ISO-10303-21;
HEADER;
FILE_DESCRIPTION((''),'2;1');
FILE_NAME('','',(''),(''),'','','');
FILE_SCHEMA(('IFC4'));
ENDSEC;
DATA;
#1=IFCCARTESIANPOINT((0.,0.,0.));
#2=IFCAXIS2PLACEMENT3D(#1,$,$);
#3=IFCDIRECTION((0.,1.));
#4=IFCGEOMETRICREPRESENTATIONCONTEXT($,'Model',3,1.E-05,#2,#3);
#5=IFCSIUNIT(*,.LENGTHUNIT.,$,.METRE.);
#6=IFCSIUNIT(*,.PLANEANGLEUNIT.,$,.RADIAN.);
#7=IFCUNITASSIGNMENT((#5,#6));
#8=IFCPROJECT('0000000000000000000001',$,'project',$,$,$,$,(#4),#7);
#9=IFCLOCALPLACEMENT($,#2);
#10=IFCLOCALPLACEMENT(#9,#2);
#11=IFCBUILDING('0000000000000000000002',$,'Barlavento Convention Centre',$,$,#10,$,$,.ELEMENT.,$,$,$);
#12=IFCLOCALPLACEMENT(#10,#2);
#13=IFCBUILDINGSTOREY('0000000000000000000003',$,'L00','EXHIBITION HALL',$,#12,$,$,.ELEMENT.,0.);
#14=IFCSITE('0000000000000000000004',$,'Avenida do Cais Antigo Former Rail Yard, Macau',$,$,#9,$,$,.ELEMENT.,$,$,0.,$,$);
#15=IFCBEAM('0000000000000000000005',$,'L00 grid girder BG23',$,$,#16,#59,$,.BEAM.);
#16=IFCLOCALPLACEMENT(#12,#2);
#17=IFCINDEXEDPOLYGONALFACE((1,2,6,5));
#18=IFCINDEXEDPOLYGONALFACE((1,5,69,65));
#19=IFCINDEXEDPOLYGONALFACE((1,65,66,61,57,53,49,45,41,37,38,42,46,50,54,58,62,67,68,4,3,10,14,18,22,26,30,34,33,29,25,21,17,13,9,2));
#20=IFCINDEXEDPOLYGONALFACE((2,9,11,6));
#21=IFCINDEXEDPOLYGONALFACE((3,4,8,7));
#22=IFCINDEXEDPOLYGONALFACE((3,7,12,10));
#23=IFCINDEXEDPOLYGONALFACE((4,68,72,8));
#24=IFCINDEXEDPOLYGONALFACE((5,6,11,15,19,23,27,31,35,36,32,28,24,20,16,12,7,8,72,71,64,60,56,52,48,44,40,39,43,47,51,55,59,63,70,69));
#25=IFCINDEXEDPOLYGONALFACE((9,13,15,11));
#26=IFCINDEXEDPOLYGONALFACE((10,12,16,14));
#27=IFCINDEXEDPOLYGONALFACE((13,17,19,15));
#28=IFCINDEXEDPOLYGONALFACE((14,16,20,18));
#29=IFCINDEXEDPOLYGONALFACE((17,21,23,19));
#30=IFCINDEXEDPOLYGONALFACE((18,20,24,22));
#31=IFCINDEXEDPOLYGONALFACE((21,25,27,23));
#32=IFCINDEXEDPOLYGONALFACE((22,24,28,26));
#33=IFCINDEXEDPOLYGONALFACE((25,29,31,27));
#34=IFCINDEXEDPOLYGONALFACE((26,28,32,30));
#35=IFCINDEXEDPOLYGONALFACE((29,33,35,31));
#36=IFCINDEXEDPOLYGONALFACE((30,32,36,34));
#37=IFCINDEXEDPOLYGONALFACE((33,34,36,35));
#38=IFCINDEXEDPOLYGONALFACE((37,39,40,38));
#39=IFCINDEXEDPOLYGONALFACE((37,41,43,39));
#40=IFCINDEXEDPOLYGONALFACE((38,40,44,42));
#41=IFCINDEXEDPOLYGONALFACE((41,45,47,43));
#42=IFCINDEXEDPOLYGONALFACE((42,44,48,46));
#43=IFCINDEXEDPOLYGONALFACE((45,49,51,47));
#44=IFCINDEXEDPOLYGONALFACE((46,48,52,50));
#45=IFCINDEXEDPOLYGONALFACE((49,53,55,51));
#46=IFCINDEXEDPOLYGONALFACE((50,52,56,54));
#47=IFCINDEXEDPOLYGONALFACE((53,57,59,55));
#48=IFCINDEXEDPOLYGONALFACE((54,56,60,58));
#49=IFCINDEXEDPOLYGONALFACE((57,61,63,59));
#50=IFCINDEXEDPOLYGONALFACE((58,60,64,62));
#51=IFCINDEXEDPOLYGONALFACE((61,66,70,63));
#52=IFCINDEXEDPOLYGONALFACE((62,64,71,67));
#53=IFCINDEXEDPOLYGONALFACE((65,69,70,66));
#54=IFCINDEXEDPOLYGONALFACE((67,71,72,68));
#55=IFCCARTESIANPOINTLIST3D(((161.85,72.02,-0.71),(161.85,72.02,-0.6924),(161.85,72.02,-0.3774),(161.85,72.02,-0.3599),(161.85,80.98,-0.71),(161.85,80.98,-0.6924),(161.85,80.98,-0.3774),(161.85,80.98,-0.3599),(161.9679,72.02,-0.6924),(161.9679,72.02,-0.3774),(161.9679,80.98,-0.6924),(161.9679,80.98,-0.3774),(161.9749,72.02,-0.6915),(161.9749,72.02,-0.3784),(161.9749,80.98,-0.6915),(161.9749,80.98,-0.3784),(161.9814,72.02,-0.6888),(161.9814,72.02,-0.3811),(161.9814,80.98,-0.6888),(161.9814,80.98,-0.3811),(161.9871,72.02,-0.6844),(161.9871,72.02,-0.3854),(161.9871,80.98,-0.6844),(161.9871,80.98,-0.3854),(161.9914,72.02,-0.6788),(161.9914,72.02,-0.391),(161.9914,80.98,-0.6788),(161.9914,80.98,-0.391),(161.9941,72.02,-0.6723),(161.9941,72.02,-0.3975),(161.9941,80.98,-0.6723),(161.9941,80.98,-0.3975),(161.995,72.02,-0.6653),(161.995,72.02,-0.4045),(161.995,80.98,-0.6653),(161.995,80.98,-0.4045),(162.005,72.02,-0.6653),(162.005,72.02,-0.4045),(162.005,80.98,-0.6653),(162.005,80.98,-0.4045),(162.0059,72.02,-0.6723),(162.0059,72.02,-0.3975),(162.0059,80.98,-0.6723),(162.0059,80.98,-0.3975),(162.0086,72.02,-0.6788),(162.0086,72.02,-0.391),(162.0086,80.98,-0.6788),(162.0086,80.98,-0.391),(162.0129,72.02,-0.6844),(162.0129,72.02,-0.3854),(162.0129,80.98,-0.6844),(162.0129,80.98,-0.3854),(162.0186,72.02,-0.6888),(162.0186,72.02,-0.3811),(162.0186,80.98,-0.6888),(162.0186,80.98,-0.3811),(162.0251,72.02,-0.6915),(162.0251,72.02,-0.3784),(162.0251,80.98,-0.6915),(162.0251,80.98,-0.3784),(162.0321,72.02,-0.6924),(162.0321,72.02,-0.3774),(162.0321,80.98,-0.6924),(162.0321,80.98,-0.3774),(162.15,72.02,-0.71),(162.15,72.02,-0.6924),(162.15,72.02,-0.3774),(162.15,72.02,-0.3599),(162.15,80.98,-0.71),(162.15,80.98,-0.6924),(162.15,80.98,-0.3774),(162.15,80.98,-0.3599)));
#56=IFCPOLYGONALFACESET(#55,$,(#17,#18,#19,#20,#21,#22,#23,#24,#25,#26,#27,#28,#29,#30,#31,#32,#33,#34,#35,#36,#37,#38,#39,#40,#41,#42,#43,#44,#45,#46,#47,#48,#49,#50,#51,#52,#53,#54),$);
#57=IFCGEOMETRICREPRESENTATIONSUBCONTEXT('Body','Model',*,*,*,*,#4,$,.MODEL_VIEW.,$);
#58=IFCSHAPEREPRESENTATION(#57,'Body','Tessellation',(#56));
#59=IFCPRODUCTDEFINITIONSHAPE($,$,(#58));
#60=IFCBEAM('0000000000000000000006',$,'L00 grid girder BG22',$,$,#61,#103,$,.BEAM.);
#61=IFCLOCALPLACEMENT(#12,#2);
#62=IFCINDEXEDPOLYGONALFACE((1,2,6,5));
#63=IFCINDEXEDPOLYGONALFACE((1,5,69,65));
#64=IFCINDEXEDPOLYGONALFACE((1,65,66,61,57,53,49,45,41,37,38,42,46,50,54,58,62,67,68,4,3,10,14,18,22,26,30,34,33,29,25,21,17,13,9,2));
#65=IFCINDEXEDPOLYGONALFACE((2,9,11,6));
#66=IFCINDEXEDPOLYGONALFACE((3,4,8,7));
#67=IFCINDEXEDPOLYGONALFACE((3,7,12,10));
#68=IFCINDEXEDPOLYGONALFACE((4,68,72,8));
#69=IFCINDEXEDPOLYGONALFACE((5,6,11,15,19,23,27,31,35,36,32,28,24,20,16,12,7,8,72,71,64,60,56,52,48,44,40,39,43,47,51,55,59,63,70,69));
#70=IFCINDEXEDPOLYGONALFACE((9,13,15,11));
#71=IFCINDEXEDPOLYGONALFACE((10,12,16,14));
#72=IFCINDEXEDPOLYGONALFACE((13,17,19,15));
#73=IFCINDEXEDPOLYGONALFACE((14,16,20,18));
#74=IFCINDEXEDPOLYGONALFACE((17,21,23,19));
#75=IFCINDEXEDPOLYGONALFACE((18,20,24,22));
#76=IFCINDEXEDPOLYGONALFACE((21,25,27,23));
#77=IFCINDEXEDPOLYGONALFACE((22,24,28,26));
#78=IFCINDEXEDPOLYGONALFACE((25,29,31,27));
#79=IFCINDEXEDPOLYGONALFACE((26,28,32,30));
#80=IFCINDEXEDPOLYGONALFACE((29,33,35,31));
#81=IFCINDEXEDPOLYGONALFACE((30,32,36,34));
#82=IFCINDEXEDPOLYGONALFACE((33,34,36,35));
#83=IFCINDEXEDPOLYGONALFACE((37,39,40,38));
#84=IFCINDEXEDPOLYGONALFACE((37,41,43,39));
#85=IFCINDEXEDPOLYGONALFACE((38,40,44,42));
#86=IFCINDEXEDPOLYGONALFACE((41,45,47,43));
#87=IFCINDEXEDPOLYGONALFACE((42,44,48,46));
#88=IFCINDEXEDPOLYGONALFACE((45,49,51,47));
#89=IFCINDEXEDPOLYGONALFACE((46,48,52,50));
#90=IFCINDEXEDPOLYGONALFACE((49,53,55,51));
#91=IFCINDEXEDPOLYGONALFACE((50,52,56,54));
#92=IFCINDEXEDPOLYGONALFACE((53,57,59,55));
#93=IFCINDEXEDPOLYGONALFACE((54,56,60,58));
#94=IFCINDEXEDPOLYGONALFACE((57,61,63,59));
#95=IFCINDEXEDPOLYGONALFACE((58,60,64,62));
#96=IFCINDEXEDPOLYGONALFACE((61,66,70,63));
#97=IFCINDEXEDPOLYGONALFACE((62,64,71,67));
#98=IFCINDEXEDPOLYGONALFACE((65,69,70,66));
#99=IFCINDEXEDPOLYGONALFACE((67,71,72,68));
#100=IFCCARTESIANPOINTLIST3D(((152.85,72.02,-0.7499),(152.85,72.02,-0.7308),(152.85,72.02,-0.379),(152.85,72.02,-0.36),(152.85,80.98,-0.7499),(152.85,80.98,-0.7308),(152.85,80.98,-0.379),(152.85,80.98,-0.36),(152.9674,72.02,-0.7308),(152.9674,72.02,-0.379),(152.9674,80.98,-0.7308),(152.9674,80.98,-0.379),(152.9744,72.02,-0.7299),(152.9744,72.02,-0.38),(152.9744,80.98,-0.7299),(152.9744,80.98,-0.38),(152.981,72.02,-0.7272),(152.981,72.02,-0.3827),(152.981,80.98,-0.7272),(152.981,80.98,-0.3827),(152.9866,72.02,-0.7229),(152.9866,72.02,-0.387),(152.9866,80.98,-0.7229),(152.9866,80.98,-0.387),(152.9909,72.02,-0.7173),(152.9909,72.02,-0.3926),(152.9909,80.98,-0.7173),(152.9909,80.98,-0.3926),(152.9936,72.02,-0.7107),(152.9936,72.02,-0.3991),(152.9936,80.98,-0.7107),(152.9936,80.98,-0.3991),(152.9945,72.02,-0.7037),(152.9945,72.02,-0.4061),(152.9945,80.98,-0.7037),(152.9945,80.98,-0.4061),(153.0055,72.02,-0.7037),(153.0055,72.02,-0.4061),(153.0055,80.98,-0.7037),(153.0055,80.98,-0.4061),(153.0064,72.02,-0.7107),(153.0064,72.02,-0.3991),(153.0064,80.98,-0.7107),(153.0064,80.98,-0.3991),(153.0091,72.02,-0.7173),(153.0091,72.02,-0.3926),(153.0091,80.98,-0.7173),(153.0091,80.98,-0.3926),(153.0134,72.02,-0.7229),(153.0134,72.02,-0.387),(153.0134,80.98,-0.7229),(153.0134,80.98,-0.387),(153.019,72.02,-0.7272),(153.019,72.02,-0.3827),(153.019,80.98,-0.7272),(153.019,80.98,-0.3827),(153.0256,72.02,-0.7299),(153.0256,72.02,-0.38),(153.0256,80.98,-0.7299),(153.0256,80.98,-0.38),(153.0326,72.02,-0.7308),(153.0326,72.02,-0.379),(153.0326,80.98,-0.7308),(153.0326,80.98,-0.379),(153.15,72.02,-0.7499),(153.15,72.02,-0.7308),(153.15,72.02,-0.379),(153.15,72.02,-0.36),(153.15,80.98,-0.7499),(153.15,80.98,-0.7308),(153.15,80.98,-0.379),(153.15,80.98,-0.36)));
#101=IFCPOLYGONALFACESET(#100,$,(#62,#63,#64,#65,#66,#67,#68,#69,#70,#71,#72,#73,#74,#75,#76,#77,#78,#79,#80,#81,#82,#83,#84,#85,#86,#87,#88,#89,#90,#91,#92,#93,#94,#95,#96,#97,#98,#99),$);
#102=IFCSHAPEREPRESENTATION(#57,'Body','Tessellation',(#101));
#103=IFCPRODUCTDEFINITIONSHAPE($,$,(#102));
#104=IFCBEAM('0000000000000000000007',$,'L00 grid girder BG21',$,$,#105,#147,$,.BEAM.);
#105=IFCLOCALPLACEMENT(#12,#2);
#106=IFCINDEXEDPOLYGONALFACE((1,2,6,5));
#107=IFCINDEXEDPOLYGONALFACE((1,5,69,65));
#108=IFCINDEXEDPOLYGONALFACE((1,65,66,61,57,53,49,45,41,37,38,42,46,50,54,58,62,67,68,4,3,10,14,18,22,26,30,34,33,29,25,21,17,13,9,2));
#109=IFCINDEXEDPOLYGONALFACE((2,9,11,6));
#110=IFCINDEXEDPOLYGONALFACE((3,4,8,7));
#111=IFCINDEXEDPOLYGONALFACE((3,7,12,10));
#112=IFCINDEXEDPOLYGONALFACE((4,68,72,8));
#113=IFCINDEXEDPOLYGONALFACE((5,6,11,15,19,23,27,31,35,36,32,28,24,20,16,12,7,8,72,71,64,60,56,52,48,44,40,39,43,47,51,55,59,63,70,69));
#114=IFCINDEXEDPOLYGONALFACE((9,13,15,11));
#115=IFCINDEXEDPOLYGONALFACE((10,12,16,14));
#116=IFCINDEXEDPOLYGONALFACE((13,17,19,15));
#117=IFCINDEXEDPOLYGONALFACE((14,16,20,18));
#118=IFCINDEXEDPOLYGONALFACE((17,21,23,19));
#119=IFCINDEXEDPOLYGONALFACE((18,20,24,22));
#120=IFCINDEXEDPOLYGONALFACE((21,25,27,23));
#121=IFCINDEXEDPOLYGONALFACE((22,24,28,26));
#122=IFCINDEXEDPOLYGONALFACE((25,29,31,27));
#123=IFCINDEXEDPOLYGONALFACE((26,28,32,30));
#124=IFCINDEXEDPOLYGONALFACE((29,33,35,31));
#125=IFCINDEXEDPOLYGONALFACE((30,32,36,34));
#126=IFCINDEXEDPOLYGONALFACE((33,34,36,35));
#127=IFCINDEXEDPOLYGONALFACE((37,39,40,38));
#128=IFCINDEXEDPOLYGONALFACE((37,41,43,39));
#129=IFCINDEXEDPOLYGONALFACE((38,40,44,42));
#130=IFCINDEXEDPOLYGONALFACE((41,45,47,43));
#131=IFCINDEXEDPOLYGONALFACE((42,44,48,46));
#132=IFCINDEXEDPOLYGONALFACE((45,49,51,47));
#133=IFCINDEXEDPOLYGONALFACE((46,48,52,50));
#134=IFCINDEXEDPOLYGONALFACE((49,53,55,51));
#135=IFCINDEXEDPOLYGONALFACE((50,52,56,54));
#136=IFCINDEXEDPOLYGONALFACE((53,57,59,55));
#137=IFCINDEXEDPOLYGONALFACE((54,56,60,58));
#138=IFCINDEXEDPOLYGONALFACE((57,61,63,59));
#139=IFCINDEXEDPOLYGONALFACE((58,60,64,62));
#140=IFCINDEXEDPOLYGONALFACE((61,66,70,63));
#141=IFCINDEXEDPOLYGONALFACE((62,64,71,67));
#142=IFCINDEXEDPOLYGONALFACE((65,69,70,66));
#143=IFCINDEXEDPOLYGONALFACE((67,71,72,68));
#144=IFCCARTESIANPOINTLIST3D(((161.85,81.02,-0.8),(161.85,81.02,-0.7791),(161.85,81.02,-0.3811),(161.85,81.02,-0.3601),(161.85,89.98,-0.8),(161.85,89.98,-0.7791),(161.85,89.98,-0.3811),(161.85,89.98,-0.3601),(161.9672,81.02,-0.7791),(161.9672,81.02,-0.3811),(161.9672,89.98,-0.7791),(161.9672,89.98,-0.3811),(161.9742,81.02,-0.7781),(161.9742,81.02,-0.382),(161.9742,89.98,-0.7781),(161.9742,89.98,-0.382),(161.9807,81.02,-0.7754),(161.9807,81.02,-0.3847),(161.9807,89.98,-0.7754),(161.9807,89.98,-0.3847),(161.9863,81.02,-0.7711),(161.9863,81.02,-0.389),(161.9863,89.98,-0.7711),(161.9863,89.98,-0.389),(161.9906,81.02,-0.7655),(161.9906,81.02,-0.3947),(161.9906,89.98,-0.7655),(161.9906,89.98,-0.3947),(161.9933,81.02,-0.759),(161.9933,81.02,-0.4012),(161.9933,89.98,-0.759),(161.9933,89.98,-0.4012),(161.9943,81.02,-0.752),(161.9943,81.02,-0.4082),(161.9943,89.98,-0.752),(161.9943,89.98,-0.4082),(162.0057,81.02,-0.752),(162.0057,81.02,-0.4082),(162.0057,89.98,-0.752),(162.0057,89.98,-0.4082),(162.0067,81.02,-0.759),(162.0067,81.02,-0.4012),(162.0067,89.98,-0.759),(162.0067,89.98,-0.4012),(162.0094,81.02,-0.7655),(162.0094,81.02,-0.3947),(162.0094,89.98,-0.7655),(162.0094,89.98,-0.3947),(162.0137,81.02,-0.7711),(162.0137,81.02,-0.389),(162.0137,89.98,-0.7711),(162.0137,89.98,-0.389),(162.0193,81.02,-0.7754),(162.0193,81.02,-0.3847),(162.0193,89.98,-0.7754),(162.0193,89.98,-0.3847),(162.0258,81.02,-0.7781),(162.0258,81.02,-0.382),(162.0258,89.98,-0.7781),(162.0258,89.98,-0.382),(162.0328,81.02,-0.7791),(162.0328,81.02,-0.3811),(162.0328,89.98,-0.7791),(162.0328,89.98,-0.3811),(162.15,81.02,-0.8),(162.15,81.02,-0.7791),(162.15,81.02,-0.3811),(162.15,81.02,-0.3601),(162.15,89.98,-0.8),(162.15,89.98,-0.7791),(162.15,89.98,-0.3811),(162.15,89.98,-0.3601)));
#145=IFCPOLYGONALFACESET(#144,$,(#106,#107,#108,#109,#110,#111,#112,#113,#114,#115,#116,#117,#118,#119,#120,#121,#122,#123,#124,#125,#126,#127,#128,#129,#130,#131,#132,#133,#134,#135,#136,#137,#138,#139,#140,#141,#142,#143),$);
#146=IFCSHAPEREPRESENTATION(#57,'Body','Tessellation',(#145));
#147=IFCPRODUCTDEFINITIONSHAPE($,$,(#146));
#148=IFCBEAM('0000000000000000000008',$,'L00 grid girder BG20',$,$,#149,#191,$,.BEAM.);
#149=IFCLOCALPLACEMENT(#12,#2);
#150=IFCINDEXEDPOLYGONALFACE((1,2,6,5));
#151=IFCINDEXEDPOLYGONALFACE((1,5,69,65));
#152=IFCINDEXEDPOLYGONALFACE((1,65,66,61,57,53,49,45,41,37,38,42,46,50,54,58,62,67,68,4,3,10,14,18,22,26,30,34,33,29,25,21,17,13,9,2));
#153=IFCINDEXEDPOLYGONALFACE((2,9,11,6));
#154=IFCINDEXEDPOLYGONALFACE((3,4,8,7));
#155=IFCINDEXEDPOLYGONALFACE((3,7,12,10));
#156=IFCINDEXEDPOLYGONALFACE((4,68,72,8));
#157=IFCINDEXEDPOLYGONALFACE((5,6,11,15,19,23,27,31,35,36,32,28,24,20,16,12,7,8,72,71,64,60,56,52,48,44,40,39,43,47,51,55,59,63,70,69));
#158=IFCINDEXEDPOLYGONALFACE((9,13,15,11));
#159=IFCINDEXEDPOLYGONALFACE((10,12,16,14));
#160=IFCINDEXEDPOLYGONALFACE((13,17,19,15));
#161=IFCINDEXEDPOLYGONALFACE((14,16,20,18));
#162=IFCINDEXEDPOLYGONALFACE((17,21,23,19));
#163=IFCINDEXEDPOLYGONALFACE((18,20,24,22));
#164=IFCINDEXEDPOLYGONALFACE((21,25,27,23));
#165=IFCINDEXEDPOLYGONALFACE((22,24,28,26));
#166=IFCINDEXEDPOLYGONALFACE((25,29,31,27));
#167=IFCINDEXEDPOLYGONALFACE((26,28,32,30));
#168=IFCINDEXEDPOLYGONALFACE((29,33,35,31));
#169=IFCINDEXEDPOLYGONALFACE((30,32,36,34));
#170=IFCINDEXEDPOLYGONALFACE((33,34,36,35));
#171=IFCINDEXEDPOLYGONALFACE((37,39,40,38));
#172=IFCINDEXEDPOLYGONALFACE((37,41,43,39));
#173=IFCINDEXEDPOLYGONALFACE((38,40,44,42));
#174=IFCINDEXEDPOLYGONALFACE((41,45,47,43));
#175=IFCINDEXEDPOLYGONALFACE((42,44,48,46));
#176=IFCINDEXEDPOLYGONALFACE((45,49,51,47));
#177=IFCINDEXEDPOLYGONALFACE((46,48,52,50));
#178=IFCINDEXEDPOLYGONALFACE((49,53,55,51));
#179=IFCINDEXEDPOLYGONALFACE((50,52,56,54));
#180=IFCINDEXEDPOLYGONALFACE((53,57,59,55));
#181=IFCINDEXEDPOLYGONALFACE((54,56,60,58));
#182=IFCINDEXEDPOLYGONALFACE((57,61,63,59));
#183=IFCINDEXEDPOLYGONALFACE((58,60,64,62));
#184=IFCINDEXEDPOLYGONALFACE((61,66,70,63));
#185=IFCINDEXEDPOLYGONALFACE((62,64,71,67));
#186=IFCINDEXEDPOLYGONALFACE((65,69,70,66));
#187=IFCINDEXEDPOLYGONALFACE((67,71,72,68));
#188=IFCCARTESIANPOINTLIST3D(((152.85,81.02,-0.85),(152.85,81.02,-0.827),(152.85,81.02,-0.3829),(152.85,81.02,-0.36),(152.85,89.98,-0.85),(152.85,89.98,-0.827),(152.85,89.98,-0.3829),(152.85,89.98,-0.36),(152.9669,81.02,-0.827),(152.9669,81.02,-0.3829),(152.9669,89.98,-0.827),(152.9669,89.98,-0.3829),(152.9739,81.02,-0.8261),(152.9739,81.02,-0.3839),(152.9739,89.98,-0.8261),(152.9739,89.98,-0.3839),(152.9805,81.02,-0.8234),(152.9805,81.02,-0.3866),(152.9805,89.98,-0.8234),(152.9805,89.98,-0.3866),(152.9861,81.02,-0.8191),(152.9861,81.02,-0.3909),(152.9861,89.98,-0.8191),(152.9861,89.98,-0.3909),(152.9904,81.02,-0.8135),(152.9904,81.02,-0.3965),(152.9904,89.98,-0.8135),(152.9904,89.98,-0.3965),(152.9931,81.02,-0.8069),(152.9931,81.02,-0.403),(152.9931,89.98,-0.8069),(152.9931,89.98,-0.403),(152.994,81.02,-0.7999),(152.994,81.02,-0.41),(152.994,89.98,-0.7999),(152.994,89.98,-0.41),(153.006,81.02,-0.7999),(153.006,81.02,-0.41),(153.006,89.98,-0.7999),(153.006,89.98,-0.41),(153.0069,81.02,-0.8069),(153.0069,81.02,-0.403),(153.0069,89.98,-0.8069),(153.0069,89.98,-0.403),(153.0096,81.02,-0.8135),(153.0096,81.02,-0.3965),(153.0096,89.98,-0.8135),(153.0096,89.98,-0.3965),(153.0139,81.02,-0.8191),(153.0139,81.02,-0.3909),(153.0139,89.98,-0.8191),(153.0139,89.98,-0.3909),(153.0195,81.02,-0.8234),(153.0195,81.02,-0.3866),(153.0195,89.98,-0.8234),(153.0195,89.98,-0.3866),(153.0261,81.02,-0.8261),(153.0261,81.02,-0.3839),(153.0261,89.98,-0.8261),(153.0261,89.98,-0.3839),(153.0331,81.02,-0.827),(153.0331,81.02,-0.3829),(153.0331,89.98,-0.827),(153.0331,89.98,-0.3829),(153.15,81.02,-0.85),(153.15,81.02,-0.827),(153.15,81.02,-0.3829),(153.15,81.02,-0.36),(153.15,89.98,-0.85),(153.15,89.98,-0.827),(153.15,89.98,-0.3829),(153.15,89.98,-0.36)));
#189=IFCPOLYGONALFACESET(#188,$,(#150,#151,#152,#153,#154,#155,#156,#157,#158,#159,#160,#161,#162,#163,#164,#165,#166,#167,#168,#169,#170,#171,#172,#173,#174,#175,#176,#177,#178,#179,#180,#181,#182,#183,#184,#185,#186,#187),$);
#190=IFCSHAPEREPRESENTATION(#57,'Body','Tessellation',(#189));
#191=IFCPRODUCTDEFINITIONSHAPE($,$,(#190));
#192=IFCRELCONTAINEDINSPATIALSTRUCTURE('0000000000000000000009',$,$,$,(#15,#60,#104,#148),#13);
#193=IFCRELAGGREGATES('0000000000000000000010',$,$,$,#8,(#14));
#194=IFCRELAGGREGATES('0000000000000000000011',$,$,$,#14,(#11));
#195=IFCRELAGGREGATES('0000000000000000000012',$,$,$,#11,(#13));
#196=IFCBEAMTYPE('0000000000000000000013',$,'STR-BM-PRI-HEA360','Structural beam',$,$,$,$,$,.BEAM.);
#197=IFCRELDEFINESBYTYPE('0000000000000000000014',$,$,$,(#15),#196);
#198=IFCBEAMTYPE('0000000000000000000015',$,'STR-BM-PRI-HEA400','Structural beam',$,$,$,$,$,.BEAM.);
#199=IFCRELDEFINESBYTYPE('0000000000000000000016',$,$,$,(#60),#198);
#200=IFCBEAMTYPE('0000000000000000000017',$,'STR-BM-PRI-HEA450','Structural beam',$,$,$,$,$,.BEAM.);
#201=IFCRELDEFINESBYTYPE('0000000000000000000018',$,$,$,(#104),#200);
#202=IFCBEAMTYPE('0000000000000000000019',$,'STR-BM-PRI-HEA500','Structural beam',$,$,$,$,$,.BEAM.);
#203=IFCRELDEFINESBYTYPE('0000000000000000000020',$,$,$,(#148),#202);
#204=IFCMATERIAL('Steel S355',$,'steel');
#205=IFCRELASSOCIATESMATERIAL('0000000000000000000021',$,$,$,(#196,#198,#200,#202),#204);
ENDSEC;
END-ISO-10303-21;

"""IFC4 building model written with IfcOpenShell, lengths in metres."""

from ifc_helpers import new_model, si_unit, direction, frame, origin, origin_2d, place, context, subcontext, project, spatial, i_section, extrude, material, material_profile, profile_set, type_object, element, save


model = new_model("IFC4")

# Units and contexts
model_context = context("Model", 3, precision=1e-05, world=origin(), true_north=direction((0.0, 1.0)))
body_context = subcontext(model_context, "Body", "Model", "MODEL_VIEW")
ifc_project = project(units=[si_unit("LENGTHUNIT", "METRE"), si_unit("PLANEANGLEUNIT", "RADIAN")], contexts=[model_context])

# Site, building, storey
site_placement = place(None, origin())
site = spatial("IfcSite", under=ifc_project, at=site_placement, Name="Avenida do Cais Antigo Former Rail Yard, Macau", CompositionType="ELEMENT", RefElevation=0.0)
building_placement = place(site_placement, origin())
building = spatial("IfcBuilding", under=site, at=building_placement, Name="Barlavento Convention Centre", CompositionType="ELEMENT")
storey_placement = place(building_placement, origin())
storey = spatial("IfcBuildingStorey", under=building, at=storey_placement, Name="L00", Description="EXHIBITION HALL", CompositionType="ELEMENT", Elevation=0.0)

# Beams
ifc_material_1 = material(Name="Steel S355", Category="steel")
ifc_material_profile_1 = material_profile(ifc_material_1, i_section(OverallWidth=0.3, OverallDepth=0.3501, WebThickness=0.01, FlangeThickness=0.0176, FilletRadius=0.0271, at=origin_2d()), Name="HEA 360")
ifc_profile_set_1 = profile_set([ifc_material_profile_1], Name="Steel S355")
beam_type_1 = type_object("IfcBeamType", Name="STR-BM-PRI-HEA360", Description="Structural beam", PredefinedType="BEAM", material=ifc_profile_set_1)
beam_1_placement = place(storey_placement, frame((162.0, 72.02, -0.5349), z_axis=(0.0, 1.0, 0.0), x_axis=(-1.0, 0.0, 0.0)))
element("IfcBeam", 1, at=beam_1_placement, inside=storey, type_object=beam_type_1, Name="L00 grid girder BG23", PredefinedType="BEAM", context=body_context, shape_type="SweptSolid", body=[
    extrude(i_section(OverallWidth=0.3, OverallDepth=0.3501, WebThickness=0.01, FlangeThickness=0.0176, FilletRadius=0.0271, at=origin_2d()), origin(), (0.0, 0.0, 1.0), 8.96),
])
ifc_material_profile_2 = material_profile(ifc_material_1, i_section(OverallWidth=0.3, OverallDepth=0.3899, WebThickness=0.011, FlangeThickness=0.019, FilletRadius=0.0271, at=origin_2d()), Name="HEA 400")
ifc_profile_set_2 = profile_set([ifc_material_profile_2], Name="Steel S355")
beam_type_2 = type_object("IfcBeamType", Name="STR-BM-PRI-HEA400", Description="Structural beam", PredefinedType="BEAM", material=ifc_profile_set_2)
beam_2_placement = place(storey_placement, frame((153.0, 72.02, -0.5549), z_axis=(0.0, 1.0, 0.0), x_axis=(-1.0, 0.0, 0.0)))
element("IfcBeam", 2, at=beam_2_placement, inside=storey, type_object=beam_type_2, Name="L00 grid girder BG22", PredefinedType="BEAM", context=body_context, shape_type="SweptSolid", body=[
    extrude(i_section(OverallWidth=0.3, OverallDepth=0.3899, WebThickness=0.011, FlangeThickness=0.019, FilletRadius=0.0271, at=origin_2d()), origin(), (0.0, 0.0, 1.0), 8.96),
])
ifc_material_profile_3 = material_profile(ifc_material_1, i_section(OverallWidth=0.3, OverallDepth=0.4399, WebThickness=0.0115, FlangeThickness=0.021, FilletRadius=0.0271, at=origin_2d()), Name="HEA 450")
ifc_profile_set_3 = profile_set([ifc_material_profile_3], Name="Steel S355")
beam_type_3 = type_object("IfcBeamType", Name="STR-BM-PRI-HEA450", Description="Structural beam", PredefinedType="BEAM", material=ifc_profile_set_3)
beam_3_placement = place(storey_placement, frame((162.0, 81.02, -0.5801), z_axis=(0.0, 1.0, 0.0), x_axis=(-1.0, 0.0, 0.0)))
element("IfcBeam", 3, at=beam_3_placement, inside=storey, type_object=beam_type_3, Name="L00 grid girder BG21", PredefinedType="BEAM", context=body_context, shape_type="SweptSolid", body=[
    extrude(i_section(OverallWidth=0.3, OverallDepth=0.4399, WebThickness=0.0115, FlangeThickness=0.021, FilletRadius=0.0271, at=origin_2d()), origin(), (0.0, 0.0, 1.0), 8.96),
])
ifc_material_profile_4 = material_profile(ifc_material_1, i_section(OverallWidth=0.3, OverallDepth=0.49, WebThickness=0.012, FlangeThickness=0.0229, FilletRadius=0.0271, at=origin_2d()), Name="HEA 500")
ifc_profile_set_4 = profile_set([ifc_material_profile_4], Name="Steel S355")
beam_type_4 = type_object("IfcBeamType", Name="STR-BM-PRI-HEA500", Description="Structural beam", PredefinedType="BEAM", material=ifc_profile_set_4)
beam_4_placement = place(storey_placement, frame((153.0, 81.02, -0.605), z_axis=(0.0, 1.0, 0.0), x_axis=(-1.0, 0.0, 0.0)))
element("IfcBeam", 4, at=beam_4_placement, inside=storey, type_object=beam_type_4, Name="L00 grid girder BG20", PredefinedType="BEAM", context=body_context, shape_type="SweptSolid", body=[
    extrude(i_section(OverallWidth=0.3, OverallDepth=0.49, WebThickness=0.012, FlangeThickness=0.0229, FilletRadius=0.0271, at=origin_2d()), origin(), (0.0, 0.0, 1.0), 8.96),
])

save(model, "model.ifc")
